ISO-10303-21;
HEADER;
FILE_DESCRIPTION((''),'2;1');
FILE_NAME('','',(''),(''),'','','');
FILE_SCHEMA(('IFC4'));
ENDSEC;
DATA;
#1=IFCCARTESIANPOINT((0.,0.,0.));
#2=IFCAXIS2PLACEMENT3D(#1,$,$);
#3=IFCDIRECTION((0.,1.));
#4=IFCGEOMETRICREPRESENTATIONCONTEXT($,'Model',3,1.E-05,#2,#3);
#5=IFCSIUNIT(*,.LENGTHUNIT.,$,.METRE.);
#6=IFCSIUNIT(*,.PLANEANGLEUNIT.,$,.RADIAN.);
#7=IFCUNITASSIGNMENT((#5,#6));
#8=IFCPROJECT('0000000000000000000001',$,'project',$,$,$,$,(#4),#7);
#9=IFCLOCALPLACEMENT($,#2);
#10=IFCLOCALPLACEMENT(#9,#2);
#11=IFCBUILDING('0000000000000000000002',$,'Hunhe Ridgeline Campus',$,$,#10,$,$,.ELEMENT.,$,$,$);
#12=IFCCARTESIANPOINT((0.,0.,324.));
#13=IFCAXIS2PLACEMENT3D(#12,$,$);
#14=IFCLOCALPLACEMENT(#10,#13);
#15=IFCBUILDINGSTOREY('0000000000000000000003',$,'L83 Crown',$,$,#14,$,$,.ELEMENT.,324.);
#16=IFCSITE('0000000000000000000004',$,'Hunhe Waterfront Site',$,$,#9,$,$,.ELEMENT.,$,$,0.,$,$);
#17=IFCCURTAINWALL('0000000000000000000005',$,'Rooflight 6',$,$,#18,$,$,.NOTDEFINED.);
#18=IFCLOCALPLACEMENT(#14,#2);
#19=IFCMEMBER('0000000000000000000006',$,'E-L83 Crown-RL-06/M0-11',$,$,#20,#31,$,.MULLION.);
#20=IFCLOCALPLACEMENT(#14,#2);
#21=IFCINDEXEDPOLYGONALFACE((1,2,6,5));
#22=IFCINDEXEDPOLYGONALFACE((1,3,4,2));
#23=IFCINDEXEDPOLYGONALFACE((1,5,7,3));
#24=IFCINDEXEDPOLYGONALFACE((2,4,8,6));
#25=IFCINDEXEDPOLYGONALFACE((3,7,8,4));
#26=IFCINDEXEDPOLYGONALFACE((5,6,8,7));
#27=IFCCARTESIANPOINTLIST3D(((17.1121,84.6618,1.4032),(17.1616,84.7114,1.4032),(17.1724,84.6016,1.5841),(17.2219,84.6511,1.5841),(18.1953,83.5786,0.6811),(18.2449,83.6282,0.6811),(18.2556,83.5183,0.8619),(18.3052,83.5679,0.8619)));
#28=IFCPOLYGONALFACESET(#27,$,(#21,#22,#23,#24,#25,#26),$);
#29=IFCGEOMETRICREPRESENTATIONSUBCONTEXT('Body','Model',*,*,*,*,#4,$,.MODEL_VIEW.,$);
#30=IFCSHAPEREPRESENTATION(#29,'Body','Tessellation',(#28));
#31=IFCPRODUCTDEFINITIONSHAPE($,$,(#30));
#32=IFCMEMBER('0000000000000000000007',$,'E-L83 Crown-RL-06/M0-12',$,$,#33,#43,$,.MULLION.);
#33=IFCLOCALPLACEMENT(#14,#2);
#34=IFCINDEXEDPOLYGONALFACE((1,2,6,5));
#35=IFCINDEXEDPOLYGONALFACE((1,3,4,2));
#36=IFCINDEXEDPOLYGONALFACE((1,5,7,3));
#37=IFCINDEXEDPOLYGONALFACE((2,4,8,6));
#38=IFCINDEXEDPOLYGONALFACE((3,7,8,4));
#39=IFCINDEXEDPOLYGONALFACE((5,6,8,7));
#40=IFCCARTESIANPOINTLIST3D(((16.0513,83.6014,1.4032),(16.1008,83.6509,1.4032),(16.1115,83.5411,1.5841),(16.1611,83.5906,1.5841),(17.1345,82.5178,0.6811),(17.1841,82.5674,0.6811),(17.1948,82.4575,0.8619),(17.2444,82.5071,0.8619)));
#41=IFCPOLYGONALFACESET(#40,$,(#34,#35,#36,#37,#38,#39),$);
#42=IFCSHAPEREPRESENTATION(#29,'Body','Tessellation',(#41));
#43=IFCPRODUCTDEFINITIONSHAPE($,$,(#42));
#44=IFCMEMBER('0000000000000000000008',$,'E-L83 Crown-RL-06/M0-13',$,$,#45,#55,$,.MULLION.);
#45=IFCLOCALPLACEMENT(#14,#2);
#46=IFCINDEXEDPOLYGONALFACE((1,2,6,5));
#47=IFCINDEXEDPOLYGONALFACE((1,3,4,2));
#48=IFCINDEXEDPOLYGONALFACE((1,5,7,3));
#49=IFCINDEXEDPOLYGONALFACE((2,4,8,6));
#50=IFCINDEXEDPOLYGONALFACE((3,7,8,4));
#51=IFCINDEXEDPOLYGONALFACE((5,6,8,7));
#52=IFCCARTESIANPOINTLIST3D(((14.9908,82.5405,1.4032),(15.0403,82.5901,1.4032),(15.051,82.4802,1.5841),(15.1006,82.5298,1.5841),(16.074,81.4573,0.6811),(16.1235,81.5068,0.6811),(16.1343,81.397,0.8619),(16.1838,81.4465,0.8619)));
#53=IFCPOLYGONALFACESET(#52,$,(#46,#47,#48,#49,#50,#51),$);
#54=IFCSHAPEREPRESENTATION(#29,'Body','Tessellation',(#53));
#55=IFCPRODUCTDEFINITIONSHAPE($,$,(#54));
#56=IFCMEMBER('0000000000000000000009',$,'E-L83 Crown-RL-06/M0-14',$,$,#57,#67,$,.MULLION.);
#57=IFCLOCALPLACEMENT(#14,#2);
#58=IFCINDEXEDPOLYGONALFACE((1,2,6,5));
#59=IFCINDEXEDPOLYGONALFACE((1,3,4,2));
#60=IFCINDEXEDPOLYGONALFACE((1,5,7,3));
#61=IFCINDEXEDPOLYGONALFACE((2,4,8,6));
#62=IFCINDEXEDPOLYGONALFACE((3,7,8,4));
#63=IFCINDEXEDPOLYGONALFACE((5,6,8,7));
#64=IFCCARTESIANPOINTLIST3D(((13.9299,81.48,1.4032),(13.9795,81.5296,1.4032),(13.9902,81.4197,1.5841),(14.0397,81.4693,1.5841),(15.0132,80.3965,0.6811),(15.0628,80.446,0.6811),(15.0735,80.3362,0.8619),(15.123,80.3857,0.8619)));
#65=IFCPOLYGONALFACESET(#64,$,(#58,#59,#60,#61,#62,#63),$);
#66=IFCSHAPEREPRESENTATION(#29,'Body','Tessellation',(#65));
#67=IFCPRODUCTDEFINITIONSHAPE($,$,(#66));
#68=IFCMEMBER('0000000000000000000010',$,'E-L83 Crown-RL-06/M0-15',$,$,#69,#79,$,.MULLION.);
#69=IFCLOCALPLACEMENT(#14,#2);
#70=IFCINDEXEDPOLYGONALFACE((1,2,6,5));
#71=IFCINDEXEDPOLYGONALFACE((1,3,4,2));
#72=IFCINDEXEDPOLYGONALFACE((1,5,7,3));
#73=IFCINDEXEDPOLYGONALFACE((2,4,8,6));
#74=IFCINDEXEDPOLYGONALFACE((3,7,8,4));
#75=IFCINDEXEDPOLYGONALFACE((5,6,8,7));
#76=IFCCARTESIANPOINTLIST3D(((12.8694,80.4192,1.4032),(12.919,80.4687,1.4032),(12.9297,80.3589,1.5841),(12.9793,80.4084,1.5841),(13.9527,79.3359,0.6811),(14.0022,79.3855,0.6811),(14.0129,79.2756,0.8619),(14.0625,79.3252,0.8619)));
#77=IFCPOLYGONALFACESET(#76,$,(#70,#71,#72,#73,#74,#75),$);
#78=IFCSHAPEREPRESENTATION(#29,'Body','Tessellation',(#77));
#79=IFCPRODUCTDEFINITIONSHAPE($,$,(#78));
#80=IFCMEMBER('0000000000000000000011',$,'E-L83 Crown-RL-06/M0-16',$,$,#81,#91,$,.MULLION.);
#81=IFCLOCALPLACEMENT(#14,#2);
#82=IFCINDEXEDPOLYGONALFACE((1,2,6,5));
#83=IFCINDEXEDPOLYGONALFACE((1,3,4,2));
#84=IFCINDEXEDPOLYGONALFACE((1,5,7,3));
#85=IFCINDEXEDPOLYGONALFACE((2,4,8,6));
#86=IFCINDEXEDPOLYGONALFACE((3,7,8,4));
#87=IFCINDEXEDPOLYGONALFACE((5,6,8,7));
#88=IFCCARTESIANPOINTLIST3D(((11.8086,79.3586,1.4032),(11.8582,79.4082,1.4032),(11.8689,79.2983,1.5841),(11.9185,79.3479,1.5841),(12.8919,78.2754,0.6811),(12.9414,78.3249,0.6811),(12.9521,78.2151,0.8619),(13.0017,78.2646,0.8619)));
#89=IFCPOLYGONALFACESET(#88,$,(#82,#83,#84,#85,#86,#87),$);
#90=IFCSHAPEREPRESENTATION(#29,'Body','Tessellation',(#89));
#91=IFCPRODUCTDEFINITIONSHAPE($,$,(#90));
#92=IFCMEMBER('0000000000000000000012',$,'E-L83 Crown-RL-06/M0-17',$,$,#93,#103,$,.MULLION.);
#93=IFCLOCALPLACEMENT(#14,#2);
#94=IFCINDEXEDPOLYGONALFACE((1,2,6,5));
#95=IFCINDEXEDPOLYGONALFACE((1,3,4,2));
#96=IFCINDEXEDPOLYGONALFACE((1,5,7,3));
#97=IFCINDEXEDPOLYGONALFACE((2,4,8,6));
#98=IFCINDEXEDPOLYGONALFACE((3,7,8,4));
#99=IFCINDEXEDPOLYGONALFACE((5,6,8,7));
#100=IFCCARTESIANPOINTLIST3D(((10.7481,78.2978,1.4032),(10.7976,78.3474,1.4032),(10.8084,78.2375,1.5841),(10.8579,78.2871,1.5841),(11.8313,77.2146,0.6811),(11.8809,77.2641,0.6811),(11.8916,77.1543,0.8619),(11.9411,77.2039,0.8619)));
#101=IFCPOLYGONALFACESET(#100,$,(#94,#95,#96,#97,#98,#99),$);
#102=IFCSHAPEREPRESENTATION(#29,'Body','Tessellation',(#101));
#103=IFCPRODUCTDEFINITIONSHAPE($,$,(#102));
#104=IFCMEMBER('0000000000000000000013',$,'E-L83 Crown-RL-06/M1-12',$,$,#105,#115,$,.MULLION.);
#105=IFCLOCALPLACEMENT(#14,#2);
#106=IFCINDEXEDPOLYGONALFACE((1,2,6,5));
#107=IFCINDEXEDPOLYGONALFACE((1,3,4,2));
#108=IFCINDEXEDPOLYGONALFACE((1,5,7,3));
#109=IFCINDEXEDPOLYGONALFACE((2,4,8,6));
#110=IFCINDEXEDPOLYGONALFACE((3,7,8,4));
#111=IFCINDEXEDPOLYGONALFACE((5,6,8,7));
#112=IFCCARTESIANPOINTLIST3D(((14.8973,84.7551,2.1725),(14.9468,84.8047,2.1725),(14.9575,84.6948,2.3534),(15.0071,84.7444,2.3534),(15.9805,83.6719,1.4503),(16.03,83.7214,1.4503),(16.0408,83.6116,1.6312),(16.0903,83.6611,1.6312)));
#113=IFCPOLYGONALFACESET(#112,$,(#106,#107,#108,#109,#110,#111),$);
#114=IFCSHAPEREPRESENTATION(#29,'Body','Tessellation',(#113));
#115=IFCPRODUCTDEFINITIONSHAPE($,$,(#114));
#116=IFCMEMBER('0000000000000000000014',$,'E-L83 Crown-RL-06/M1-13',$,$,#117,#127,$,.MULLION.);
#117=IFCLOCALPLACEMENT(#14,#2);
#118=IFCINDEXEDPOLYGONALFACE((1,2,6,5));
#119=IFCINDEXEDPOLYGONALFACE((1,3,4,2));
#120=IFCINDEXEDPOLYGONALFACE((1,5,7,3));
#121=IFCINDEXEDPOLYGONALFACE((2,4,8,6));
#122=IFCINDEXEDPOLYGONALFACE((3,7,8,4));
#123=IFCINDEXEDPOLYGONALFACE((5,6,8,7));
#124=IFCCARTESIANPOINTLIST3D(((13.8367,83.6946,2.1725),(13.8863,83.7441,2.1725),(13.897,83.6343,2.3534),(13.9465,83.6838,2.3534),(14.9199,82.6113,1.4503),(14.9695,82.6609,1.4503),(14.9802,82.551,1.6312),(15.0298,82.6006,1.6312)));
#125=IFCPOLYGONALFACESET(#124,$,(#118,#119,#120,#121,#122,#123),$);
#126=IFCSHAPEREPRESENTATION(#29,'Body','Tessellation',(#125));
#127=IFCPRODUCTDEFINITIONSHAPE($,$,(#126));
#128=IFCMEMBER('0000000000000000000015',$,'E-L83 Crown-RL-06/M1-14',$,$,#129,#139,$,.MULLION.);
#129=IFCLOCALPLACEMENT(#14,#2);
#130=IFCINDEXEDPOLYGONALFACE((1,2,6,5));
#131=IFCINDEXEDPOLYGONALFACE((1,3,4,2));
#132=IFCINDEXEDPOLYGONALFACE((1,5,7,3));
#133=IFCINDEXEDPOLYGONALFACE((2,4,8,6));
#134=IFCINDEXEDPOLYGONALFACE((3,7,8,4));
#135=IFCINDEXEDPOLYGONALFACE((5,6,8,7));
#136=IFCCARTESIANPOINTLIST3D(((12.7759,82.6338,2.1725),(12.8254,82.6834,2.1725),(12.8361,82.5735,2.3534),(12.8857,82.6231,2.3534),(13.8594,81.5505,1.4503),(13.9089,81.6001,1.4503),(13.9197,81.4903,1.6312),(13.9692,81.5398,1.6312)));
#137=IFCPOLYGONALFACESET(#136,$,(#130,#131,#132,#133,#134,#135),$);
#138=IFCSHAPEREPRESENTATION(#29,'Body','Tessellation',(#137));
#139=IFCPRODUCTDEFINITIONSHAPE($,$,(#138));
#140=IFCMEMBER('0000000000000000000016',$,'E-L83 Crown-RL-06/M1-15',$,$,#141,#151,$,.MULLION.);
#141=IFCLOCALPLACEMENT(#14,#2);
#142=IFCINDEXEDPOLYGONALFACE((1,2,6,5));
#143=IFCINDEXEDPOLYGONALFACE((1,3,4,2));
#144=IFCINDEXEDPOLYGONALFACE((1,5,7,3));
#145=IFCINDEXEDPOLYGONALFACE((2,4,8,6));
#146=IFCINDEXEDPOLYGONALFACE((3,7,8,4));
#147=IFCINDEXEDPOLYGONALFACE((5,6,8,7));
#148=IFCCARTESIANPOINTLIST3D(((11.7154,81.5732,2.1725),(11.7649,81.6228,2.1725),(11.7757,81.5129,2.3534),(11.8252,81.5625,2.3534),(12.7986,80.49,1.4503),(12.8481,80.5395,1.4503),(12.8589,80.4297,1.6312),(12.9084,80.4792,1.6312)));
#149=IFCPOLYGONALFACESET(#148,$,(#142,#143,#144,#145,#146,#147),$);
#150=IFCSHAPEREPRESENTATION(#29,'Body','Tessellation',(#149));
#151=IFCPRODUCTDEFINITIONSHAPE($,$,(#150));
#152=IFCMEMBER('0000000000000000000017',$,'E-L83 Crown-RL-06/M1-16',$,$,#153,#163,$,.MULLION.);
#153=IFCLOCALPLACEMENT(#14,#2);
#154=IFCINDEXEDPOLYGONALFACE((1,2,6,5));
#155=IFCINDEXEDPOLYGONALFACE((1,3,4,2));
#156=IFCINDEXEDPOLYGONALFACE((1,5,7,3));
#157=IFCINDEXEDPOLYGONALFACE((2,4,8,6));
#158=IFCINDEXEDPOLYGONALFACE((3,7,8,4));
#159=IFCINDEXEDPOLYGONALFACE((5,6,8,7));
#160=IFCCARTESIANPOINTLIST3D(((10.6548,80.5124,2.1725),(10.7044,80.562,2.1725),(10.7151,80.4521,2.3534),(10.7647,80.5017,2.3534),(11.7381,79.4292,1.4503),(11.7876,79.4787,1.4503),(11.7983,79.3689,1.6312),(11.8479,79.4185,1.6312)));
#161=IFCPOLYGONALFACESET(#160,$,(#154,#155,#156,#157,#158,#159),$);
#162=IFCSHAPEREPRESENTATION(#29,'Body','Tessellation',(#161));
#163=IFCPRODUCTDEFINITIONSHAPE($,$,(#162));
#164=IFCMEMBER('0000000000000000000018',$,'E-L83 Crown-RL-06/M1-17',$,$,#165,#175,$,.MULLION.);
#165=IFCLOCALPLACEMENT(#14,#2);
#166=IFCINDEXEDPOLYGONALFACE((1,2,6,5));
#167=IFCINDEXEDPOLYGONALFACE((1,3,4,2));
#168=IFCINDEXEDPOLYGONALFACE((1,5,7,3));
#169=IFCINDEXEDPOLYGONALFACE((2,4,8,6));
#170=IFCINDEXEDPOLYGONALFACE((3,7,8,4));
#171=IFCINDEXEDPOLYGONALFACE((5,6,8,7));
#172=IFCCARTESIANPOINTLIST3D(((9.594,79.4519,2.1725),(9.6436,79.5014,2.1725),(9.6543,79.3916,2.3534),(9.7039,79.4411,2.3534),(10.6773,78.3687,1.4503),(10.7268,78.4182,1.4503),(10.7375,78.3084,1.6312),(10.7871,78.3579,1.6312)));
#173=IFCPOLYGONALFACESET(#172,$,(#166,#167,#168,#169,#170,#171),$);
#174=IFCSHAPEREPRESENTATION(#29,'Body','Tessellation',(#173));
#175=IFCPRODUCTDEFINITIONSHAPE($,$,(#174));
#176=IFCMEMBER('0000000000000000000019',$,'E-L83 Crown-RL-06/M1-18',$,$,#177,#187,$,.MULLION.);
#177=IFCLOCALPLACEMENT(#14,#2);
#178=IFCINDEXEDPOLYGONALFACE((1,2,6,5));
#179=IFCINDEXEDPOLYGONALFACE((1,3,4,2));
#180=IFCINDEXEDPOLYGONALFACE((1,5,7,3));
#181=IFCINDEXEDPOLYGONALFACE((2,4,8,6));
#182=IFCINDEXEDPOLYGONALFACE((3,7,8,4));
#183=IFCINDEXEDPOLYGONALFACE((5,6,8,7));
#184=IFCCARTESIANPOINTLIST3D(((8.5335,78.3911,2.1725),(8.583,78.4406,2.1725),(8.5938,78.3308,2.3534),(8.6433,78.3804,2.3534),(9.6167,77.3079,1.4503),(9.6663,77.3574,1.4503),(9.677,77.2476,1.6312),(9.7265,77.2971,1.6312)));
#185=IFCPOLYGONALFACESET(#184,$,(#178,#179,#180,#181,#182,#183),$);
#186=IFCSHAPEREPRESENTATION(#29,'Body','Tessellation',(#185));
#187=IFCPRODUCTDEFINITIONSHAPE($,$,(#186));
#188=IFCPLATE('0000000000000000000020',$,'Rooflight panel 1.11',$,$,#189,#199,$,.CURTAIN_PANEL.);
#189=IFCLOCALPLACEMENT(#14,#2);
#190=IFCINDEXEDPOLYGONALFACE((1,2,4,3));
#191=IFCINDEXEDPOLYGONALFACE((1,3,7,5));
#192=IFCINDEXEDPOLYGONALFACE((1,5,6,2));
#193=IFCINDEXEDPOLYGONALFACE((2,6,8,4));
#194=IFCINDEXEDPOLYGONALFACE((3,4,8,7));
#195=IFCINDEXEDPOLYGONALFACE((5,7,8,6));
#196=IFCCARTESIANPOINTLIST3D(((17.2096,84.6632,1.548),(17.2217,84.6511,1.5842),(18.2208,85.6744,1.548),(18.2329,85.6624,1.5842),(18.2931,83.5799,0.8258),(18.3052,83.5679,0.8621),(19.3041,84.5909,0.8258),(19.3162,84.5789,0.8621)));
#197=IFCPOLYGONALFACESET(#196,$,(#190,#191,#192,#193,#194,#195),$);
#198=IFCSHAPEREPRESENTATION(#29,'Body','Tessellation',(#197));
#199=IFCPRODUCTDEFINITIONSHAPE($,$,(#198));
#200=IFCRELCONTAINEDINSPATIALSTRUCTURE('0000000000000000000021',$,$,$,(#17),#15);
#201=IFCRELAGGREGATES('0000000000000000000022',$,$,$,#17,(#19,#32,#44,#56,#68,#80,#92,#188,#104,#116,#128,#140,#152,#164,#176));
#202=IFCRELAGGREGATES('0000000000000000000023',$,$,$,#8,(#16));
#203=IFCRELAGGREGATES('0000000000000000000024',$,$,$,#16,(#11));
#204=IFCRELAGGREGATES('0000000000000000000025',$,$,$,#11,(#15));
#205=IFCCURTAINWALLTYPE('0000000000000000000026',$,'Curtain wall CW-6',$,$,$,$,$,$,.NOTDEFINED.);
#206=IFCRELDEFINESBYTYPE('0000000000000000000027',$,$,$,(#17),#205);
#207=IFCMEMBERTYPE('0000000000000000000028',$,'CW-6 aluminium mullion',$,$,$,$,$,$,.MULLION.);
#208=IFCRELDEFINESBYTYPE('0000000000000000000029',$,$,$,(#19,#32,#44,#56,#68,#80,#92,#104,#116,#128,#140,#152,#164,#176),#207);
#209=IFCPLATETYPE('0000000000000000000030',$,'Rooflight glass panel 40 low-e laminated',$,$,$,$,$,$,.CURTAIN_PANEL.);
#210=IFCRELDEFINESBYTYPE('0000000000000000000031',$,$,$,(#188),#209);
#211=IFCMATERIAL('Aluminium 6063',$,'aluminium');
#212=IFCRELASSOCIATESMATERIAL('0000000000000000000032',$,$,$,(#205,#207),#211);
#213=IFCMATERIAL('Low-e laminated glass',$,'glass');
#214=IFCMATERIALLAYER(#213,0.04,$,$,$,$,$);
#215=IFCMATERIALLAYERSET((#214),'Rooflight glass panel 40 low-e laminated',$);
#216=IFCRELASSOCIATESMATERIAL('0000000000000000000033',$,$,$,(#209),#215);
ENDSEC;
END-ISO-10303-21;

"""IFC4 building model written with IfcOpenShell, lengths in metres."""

from ifc_helpers import new_model, si_unit, direction, frame, origin, origin_2d, place, context, subcontext, project, spatial, polyline, rectangle, outline, extrude, material, layer, layer_set, material_profile, profile_set, type_object, element, aggregate, save


model = new_model("IFC4")

# Units and contexts
model_context = context("Model", 3, precision=1e-05, world=origin(), true_north=direction((0.0, 1.0)))
body_context = subcontext(model_context, "Body", "Model", "MODEL_VIEW")
ifc_project = project(units=[si_unit("LENGTHUNIT", "METRE"), si_unit("PLANEANGLEUNIT", "RADIAN")], contexts=[model_context])

# Site, building, storey
site_placement = place(None, origin())
site = spatial("IfcSite", under=ifc_project, at=site_placement, Name="Hunhe Waterfront Site", CompositionType="ELEMENT", RefElevation=0.0)
building_placement = place(site_placement, origin())
building = spatial("IfcBuilding", under=site, at=building_placement, Name="Hunhe Ridgeline Campus", CompositionType="ELEMENT")
storey_placement = place(building_placement, frame((0.0, 0.0, 324.0)))
storey = spatial("IfcBuildingStorey", under=building, at=storey_placement, Name="L83 Crown", CompositionType="ELEMENT", Elevation=324.0)

# Curtain wall, members, plate
ifc_material_1 = material(Name="Aluminium 6063", Category="aluminium")
curtain_wall_type = type_object("IfcCurtainWallType", Name="Curtain wall CW-6", PredefinedType="NOTDEFINED", material=ifc_material_1)
curtain_wall_placement = place(storey_placement, origin())
curtain_wall = element("IfcCurtainWall", 1, at=curtain_wall_placement, inside=storey, type_object=curtain_wall_type, Name="Rooflight 6", PredefinedType="NOTDEFINED")
ifc_material_profile = material_profile(ifc_material_1, rectangle(XDim=0.0701, YDim=0.2, at=origin_2d()))
ifc_profile_set = profile_set([ifc_material_profile], Name="Aluminium 6063")
member_type = type_object("IfcMemberType", Name="CW-6 aluminium mullion", PredefinedType="MULLION", material=ifc_profile_set)
member_1_placement = place(storey_placement, frame((18.2502, 83.5732, 0.7715), z_axis=(-0.639602, 0.639602, 0.426401), x_axis=(-0.707107, -0.707107, 0.0)))
member_1 = element("IfcMember", 2, at=member_1_placement, type_object=member_type, Name="E-L83 Crown-RL-06/M0-11", PredefinedType="MULLION", context=body_context, shape_type="SweptSolid", body=[
    extrude(rectangle(XDim=0.0701, YDim=0.2, at=origin_2d()), origin(), (0.0, 0.0, 1.0), 1.6936),
])
member_2_placement = place(storey_placement, frame((17.1895, 82.5125, 0.7715), z_axis=(-0.639543, 0.639687, 0.426362), x_axis=(-0.707186, -0.707027, 0.0)))
member_2 = element("IfcMember", 3, at=member_2_placement, type_object=member_type, Name="E-L83 Crown-RL-06/M0-12", PredefinedType="MULLION", context=body_context, shape_type="SweptSolid", body=[
    extrude(rectangle(XDim=0.0701, YDim=0.2, at=origin_2d()), origin(), (0.0, 0.0, 1.0), 1.6938),
])
member_3_placement = place(storey_placement, frame((16.1289, 81.4519, 0.7715), z_axis=(-0.639602, 0.639602, 0.426401), x_axis=(-0.707107, -0.707107, 0.0)))
member_3 = element("IfcMember", 4, at=member_3_placement, type_object=member_type, Name="E-L83 Crown-RL-06/M0-13", PredefinedType="MULLION", context=body_context, shape_type="SweptSolid", body=[
    extrude(rectangle(XDim=0.0701, YDim=0.2, at=origin_2d()), origin(), (0.0, 0.0, 1.0), 1.6936),
])
member_4_placement = place(storey_placement, frame((15.0681, 80.3911, 0.7715), z_axis=(-0.639543, 0.639687, 0.426362), x_axis=(-0.707186, -0.707027, 0.0)))
member_4 = element("IfcMember", 5, at=member_4_placement, type_object=member_type, Name="E-L83 Crown-RL-06/M0-14", PredefinedType="MULLION", context=body_context, shape_type="SweptSolid", body=[
    extrude(rectangle(XDim=0.0701, YDim=0.2, at=origin_2d()), origin(), (0.0, 0.0, 1.0), 1.6938),
])
member_5_placement = place(storey_placement, frame((14.0076, 79.3306, 0.7715), z_axis=(-0.639602, 0.639602, 0.426401), x_axis=(-0.707107, -0.707107, 0.0)))
member_5 = element("IfcMember", 6, at=member_5_placement, type_object=member_type, Name="E-L83 Crown-RL-06/M0-15", PredefinedType="MULLION", context=body_context, shape_type="SweptSolid", body=[
    extrude(rectangle(XDim=0.0701, YDim=0.2, at=origin_2d()), origin(), (0.0, 0.0, 1.0), 1.6936),
])
member_6_placement = place(storey_placement, frame((12.9468, 78.27, 0.7715), z_axis=(-0.639602, 0.639602, 0.426401), x_axis=(-0.707107, -0.707107, 0.0)))
member_6 = element("IfcMember", 7, at=member_6_placement, type_object=member_type, Name="E-L83 Crown-RL-06/M0-16", PredefinedType="MULLION", context=body_context, shape_type="SweptSolid", body=[
    extrude(rectangle(XDim=0.0701, YDim=0.2, at=origin_2d()), origin(), (0.0, 0.0, 1.0), 1.6936),
])
member_7_placement = place(storey_placement, frame((11.8862, 77.2092, 0.7715), z_axis=(-0.639602, 0.639602, 0.426401), x_axis=(-0.707107, -0.707107, 0.0)))
member_7 = element("IfcMember", 8, at=member_7_placement, type_object=member_type, Name="E-L83 Crown-RL-06/M0-17", PredefinedType="MULLION", context=body_context, shape_type="SweptSolid", body=[
    extrude(rectangle(XDim=0.0701, YDim=0.2, at=origin_2d()), origin(), (0.0, 0.0, 1.0), 1.6936),
])
member_8_placement = place(storey_placement, frame((16.0354, 83.6665, 1.5408), z_axis=(-0.639602, 0.639602, 0.426401), x_axis=(-0.707107, -0.707107, 0.0)))
member_8 = element("IfcMember", 9, at=member_8_placement, type_object=member_type, Name="E-L83 Crown-RL-06/M1-12", PredefinedType="MULLION", context=body_context, shape_type="SweptSolid", body=[
    extrude(rectangle(XDim=0.0701, YDim=0.2, at=origin_2d()), origin(), (0.0, 0.0, 1.0), 1.6936),
])
member_9_placement = place(storey_placement, frame((14.9749, 82.606, 1.5408), z_axis=(-0.639602, 0.639602, 0.426401), x_axis=(-0.707107, -0.707107, 0.0)))
member_9 = element("IfcMember", 10, at=member_9_placement, type_object=member_type, Name="E-L83 Crown-RL-06/M1-13", PredefinedType="MULLION", context=body_context, shape_type="SweptSolid", body=[
    extrude(rectangle(XDim=0.0701, YDim=0.2, at=origin_2d()), origin(), (0.0, 0.0, 1.0), 1.6936),
])
member_10_placement = place(storey_placement, frame((13.9143, 81.5452, 1.5408), z_axis=(-0.639687, 0.639543, 0.426362), x_axis=(-0.707027, -0.707186, 0.0)))
member_10 = element("IfcMember", 11, at=member_10_placement, type_object=member_type, Name="E-L83 Crown-RL-06/M1-14", PredefinedType="MULLION", context=body_context, shape_type="SweptSolid", body=[
    extrude(rectangle(XDim=0.0701, YDim=0.2, at=origin_2d()), origin(), (0.0, 0.0, 1.0), 1.6938),
])
member_11_placement = place(storey_placement, frame((12.8535, 80.4846, 1.5408), z_axis=(-0.639602, 0.639602, 0.426401), x_axis=(-0.707107, -0.707107, 0.0)))
member_11 = element("IfcMember", 12, at=member_11_placement, type_object=member_type, Name="E-L83 Crown-RL-06/M1-15", PredefinedType="MULLION", context=body_context, shape_type="SweptSolid", body=[
    extrude(rectangle(XDim=0.0701, YDim=0.2, at=origin_2d()), origin(), (0.0, 0.0, 1.0), 1.6936),
])
member_12_placement = place(storey_placement, frame((11.793, 79.4238, 1.5408), z_axis=(-0.639602, 0.639602, 0.426401), x_axis=(-0.707107, -0.707107, 0.0)))
member_12 = element("IfcMember", 13, at=member_12_placement, type_object=member_type, Name="E-L83 Crown-RL-06/M1-16", PredefinedType="MULLION", context=body_context, shape_type="SweptSolid", body=[
    extrude(rectangle(XDim=0.0701, YDim=0.2, at=origin_2d()), origin(), (0.0, 0.0, 1.0), 1.6936),
])
member_13_placement = place(storey_placement, frame((10.7322, 78.3633, 1.5408), z_axis=(-0.639602, 0.639602, 0.426401), x_axis=(-0.707107, -0.707107, 0.0)))
member_13 = element("IfcMember", 14, at=member_13_placement, type_object=member_type, Name="E-L83 Crown-RL-06/M1-17", PredefinedType="MULLION", context=body_context, shape_type="SweptSolid", body=[
    extrude(rectangle(XDim=0.0701, YDim=0.2, at=origin_2d()), origin(), (0.0, 0.0, 1.0), 1.6936),
])
member_14_placement = place(storey_placement, frame((9.6716, 77.3025, 1.5408), z_axis=(-0.639602, 0.639602, 0.426401), x_axis=(-0.707107, -0.707107, 0.0)))
member_14 = element("IfcMember", 15, at=member_14_placement, type_object=member_type, Name="E-L83 Crown-RL-06/M1-18", PredefinedType="MULLION", context=body_context, shape_type="SweptSolid", body=[
    extrude(rectangle(XDim=0.0701, YDim=0.2, at=origin_2d()), origin(), (0.0, 0.0, 1.0), 1.6936),
])
ifc_material_2 = material(Name="Low-e laminated glass", Category="glass")
ifc_layer = layer(ifc_material_2, 0.04)
ifc_layer_set = layer_set([ifc_layer], Name="Rooflight glass panel 40 low-e laminated")
plate_type = type_object("IfcPlateType", Name="Rooflight glass panel 40 low-e laminated", PredefinedType="CURTAIN_PANEL", material=ifc_layer_set)
plate_1_placement = place(storey_placement, frame((19.3162, 84.5789, 0.8621), z_axis=(0.301484, -0.301484, 0.904553), x_axis=(-0.639543, 0.639687, 0.426362)))
plate_1 = element("IfcPlate", 16, at=plate_1_placement, type_object=plate_type, Name="Rooflight panel 1.11", PredefinedType="CURTAIN_PANEL", context=body_context, shape_type="SweptSolid", body=[
    extrude(outline(polyline([(0.0, 0.0), (1.6938, 0.0), (1.6936, 1.4301), (-0.0001, 1.4298), (0.0, 0.0)])), origin(), (0.0, 0.0, -1.0), 0.04),
])
aggregate(curtain_wall, [member_1, member_2, member_3, member_4, member_5, member_6, member_7, plate_1, member_8, member_9, member_10, member_11, member_12, member_13, member_14])

save(model, "model.ifc")
